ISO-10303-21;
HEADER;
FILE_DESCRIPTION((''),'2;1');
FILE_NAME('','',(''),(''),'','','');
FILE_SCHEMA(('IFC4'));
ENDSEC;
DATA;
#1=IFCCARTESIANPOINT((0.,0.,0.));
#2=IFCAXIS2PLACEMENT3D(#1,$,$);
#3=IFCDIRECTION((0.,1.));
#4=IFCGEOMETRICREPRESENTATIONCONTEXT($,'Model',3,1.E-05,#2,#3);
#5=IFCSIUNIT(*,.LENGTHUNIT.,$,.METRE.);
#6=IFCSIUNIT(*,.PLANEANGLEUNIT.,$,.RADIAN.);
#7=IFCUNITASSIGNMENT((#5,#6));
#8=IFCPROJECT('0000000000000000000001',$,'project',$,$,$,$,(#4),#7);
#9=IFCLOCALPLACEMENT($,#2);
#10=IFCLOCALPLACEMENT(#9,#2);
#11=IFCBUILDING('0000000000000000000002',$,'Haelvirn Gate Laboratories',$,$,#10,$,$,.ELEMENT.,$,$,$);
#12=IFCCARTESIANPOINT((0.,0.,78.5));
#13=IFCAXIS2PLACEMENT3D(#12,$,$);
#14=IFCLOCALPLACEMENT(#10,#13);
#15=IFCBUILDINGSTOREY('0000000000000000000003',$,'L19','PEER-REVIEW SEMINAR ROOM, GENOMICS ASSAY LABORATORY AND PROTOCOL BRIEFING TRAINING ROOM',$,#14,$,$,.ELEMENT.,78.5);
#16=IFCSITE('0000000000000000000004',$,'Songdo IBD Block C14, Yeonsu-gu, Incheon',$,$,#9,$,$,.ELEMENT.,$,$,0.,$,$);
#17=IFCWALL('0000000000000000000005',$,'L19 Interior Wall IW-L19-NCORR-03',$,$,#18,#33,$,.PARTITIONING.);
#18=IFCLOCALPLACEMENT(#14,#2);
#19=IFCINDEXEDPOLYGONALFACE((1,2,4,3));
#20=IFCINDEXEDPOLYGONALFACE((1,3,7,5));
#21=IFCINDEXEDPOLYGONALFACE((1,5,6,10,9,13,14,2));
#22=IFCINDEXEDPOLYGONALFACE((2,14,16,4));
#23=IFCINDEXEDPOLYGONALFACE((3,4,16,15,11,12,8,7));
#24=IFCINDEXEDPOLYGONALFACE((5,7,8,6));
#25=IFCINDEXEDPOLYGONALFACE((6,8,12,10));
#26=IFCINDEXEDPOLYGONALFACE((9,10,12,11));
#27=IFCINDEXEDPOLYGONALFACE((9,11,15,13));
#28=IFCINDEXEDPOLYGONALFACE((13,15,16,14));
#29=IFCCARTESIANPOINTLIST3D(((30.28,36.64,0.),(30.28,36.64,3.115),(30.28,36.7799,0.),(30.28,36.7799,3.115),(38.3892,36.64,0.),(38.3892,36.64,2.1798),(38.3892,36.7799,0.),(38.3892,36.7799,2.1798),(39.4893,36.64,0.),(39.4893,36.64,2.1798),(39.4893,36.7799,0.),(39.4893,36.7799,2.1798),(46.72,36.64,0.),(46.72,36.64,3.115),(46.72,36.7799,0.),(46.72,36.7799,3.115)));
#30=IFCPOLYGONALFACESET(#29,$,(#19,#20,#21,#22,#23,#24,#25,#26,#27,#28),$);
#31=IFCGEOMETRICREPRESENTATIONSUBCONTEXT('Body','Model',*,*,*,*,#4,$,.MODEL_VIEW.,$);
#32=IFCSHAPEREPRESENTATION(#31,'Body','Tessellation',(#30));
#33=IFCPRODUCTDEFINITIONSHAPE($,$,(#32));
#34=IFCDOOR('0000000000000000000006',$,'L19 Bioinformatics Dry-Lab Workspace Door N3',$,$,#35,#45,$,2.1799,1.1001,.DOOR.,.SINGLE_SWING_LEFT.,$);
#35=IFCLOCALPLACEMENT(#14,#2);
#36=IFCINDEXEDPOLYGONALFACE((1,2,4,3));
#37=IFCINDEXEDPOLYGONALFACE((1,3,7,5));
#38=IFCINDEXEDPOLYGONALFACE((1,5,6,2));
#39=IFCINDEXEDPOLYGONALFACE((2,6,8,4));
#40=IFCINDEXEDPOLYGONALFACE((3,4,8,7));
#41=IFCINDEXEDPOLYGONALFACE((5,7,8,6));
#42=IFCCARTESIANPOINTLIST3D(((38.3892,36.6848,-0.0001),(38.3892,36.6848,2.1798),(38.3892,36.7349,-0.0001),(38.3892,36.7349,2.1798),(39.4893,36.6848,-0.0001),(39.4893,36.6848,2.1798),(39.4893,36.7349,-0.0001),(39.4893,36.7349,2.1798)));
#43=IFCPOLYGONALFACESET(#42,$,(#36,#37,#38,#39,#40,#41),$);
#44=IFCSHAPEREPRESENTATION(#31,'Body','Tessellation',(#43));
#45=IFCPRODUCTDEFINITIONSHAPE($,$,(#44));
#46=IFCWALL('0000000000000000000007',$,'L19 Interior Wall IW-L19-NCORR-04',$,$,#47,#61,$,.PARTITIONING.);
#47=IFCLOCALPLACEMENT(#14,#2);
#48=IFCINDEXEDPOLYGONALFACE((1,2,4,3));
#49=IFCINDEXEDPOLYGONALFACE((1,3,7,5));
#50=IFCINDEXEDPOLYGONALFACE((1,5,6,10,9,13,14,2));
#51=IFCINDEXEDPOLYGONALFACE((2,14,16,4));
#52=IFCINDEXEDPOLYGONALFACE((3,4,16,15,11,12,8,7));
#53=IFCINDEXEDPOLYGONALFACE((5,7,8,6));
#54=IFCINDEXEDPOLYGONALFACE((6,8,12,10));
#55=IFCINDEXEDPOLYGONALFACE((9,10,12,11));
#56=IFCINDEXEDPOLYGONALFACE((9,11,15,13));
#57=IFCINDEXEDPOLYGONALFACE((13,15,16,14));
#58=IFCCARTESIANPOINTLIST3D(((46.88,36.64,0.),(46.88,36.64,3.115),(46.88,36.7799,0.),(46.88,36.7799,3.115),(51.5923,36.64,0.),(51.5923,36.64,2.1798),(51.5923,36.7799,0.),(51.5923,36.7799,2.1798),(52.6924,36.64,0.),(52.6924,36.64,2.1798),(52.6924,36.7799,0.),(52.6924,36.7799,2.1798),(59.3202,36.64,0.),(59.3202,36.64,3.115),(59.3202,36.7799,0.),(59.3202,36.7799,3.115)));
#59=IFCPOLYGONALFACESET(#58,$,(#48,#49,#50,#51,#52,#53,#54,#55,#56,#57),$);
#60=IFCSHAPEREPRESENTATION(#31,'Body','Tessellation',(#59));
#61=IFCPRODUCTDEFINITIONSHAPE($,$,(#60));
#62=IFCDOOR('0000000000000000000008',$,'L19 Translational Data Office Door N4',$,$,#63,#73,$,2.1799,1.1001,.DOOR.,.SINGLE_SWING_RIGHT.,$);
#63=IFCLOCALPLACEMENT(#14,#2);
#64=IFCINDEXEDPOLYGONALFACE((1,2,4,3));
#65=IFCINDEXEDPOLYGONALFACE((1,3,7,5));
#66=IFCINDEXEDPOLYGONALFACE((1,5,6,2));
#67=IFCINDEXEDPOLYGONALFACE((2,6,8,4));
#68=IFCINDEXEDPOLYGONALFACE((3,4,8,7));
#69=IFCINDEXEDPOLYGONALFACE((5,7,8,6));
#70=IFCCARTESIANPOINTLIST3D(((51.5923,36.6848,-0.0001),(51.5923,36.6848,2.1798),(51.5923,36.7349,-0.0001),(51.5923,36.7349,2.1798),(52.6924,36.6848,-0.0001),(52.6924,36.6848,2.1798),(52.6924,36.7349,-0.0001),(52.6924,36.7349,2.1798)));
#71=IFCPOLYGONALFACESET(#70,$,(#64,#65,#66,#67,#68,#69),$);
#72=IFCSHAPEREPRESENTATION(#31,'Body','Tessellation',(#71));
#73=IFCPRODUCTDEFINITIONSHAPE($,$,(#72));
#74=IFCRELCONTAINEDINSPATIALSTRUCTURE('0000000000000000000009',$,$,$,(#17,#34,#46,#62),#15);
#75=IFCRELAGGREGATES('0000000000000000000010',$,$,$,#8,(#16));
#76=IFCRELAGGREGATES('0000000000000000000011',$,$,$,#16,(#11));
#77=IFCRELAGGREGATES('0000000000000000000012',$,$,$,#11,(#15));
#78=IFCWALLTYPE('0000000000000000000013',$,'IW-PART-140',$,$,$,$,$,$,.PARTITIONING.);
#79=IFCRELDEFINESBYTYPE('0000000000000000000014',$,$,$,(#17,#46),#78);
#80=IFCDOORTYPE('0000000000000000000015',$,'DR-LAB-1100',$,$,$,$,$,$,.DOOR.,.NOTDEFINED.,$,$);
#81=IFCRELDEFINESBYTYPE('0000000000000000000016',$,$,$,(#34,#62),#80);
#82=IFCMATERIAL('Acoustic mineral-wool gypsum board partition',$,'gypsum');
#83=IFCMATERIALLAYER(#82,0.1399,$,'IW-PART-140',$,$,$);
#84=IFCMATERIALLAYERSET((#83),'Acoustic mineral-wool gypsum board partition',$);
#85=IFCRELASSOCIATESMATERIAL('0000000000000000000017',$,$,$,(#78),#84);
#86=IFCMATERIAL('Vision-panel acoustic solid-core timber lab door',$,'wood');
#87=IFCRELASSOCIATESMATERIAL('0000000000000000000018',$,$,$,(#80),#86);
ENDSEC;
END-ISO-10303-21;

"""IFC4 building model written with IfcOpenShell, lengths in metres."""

from ifc_helpers import new_model, si_unit, direction, frame, frame_2d, origin, place, context, subcontext, project, spatial, rectangle, extrude, source, transform, mapped, material, layer, layer_set, type_object, type_shapes, element, fill, save


model = new_model("IFC4")

# Units and contexts
model_context = context("Model", 3, precision=1e-05, world=origin(), true_north=direction((0.0, 1.0)))
body_context = subcontext(model_context, "Body", "Model", "MODEL_VIEW")
ifc_project = project(units=[si_unit("LENGTHUNIT", "METRE"), si_unit("PLANEANGLEUNIT", "RADIAN")], contexts=[model_context])

# Site, building, storey
site_placement = place(None, origin())
site = spatial("IfcSite", under=ifc_project, at=site_placement, Name="Songdo IBD Block C14, Yeonsu-gu, Incheon", CompositionType="ELEMENT", RefElevation=0.0)
building_placement = place(site_placement, origin())
building = spatial("IfcBuilding", under=site, at=building_placement, Name="Haelvirn Gate Laboratories", CompositionType="ELEMENT")
storey_placement = place(building_placement, frame((0.0, 0.0, 78.5)))
storey = spatial("IfcBuildingStorey", under=building, at=storey_placement, Name="L19", Description="PEER-REVIEW SEMINAR ROOM, GENOMICS ASSAY LABORATORY AND PROTOCOL BRIEFING TRAINING ROOM", CompositionType="ELEMENT", Elevation=78.5)

# Walls, openings, doors
ifc_material_1 = material(Name="Acoustic mineral-wool gypsum board partition", Category="gypsum")
ifc_layer_1 = layer(ifc_material_1, 0.1399, Name="IW-PART-140")
ifc_layer_set_1 = layer_set([ifc_layer_1], Name="Acoustic mineral-wool gypsum board partition")
wall_type_1 = type_object("IfcWallType", Name="IW-PART-140", PredefinedType="PARTITIONING", material=ifc_layer_set_1)
wall_1_placement = place(storey_placement, frame((30.28, 36.71, 0.0), z_axis=(0.0, 0.0, 1.0), x_axis=(1.0, 0.0, 0.0)))
wall_1 = element("IfcWall", 1, at=wall_1_placement, inside=storey, type_object=wall_type_1, Name="L19 Interior Wall IW-L19-NCORR-03", PredefinedType="PARTITIONING", context=body_context, shape_type="SweptSolid", body=[
    extrude(rectangle(XDim=16.4399, YDim=0.1399, at=frame_2d((8.22, 0.0))), origin(), (0.0, 0.0, 1.0), 3.115),
])
opening_1_placement = place(wall_1_placement, frame((8.1091, 0.0, 0.0)))
opening_1 = element("IfcOpeningElement", 2, at=opening_1_placement, cuts=wall_1, PredefinedType="OPENING", context=body_context, shape_type="SweptSolid", body=[
    extrude(rectangle(XDim=1.1001, YDim=2.1799, at=frame_2d((0.55, 1.0898))), frame((0.0, 0.0801, 0.0), z_axis=(0.0, -1.0, 0.0), x_axis=(1.0, 0.0, 0.0)), (0.0, 0.0, 1.0), 0.1599),
])
ifc_material_2 = material(Name="Vision-panel acoustic solid-core timber lab door", Category="wood")
door_type = type_object("IfcDoorType", Name="DR-LAB-1100", OperationType="NOTDEFINED", PredefinedType="DOOR", material=ifc_material_2)
shared_shape_1 = source(origin(), body_context, "Body", "SweptSolid", [
    extrude(rectangle(XDim=1.1001, YDim=2.1799, at=frame_2d((0.55, 1.0898))), frame((0.0, 0.0249, 0.0), z_axis=(0.0, -1.0, 0.0), x_axis=(1.0, 0.0, 0.0)), (0.0, 0.0, 1.0), 0.05),
])
type_shapes(door_type, [shared_shape_1])
door_1_placement = place(opening_1_placement, origin())
door_1 = element("IfcDoor", 3, at=door_1_placement, inside=storey, type_object=door_type, Name="L19 Bioinformatics Dry-Lab Workspace Door N3", OperationType="SINGLE_SWING_LEFT", OverallHeight=2.1799, OverallWidth=1.1001, PredefinedType="DOOR", context=body_context, shape_type="MappedRepresentation", body=[
    mapped(shared_shape_1, transform((0.0, 0.0, 0.0), scale=1.0)),
])
fill(opening_1, door_1)
wall_2_placement = place(storey_placement, frame((46.8799, 36.71, 0.0), z_axis=(0.0, 0.0, 1.0), x_axis=(1.0, 0.0, 0.0)))
wall_2 = element("IfcWall", 4, at=wall_2_placement, inside=storey, type_object=wall_type_1, Name="L19 Interior Wall IW-L19-NCORR-04", PredefinedType="PARTITIONING", context=body_context, shape_type="SweptSolid", body=[
    extrude(rectangle(XDim=12.4402, YDim=0.1399, at=frame_2d((6.2202, 0.0))), origin(), (0.0, 0.0, 1.0), 3.115),
])
opening_2_placement = place(wall_2_placement, frame((4.7124, 0.0, 0.0)))
opening_2 = element("IfcOpeningElement", 5, at=opening_2_placement, cuts=wall_2, PredefinedType="OPENING", context=body_context, shape_type="SweptSolid", body=[
    extrude(rectangle(XDim=1.1001, YDim=2.1799, at=frame_2d((0.55, 1.0898))), frame((0.0, 0.0801, 0.0), z_axis=(0.0, -1.0, 0.0), x_axis=(1.0, 0.0, 0.0)), (0.0, 0.0, 1.0), 0.1599),
])
door_2_placement = place(opening_2_placement, origin())
door_2 = element("IfcDoor", 6, at=door_2_placement, inside=storey, type_object=door_type, Name="L19 Translational Data Office Door N4", OperationType="SINGLE_SWING_RIGHT", OverallHeight=2.1799, OverallWidth=1.1001, PredefinedType="DOOR", context=body_context, shape_type="MappedRepresentation", body=[
    mapped(shared_shape_1, transform((0.0, 0.0, 0.0), scale=1.0)),
])
fill(opening_2, door_2)

save(model, "model.ifc")
